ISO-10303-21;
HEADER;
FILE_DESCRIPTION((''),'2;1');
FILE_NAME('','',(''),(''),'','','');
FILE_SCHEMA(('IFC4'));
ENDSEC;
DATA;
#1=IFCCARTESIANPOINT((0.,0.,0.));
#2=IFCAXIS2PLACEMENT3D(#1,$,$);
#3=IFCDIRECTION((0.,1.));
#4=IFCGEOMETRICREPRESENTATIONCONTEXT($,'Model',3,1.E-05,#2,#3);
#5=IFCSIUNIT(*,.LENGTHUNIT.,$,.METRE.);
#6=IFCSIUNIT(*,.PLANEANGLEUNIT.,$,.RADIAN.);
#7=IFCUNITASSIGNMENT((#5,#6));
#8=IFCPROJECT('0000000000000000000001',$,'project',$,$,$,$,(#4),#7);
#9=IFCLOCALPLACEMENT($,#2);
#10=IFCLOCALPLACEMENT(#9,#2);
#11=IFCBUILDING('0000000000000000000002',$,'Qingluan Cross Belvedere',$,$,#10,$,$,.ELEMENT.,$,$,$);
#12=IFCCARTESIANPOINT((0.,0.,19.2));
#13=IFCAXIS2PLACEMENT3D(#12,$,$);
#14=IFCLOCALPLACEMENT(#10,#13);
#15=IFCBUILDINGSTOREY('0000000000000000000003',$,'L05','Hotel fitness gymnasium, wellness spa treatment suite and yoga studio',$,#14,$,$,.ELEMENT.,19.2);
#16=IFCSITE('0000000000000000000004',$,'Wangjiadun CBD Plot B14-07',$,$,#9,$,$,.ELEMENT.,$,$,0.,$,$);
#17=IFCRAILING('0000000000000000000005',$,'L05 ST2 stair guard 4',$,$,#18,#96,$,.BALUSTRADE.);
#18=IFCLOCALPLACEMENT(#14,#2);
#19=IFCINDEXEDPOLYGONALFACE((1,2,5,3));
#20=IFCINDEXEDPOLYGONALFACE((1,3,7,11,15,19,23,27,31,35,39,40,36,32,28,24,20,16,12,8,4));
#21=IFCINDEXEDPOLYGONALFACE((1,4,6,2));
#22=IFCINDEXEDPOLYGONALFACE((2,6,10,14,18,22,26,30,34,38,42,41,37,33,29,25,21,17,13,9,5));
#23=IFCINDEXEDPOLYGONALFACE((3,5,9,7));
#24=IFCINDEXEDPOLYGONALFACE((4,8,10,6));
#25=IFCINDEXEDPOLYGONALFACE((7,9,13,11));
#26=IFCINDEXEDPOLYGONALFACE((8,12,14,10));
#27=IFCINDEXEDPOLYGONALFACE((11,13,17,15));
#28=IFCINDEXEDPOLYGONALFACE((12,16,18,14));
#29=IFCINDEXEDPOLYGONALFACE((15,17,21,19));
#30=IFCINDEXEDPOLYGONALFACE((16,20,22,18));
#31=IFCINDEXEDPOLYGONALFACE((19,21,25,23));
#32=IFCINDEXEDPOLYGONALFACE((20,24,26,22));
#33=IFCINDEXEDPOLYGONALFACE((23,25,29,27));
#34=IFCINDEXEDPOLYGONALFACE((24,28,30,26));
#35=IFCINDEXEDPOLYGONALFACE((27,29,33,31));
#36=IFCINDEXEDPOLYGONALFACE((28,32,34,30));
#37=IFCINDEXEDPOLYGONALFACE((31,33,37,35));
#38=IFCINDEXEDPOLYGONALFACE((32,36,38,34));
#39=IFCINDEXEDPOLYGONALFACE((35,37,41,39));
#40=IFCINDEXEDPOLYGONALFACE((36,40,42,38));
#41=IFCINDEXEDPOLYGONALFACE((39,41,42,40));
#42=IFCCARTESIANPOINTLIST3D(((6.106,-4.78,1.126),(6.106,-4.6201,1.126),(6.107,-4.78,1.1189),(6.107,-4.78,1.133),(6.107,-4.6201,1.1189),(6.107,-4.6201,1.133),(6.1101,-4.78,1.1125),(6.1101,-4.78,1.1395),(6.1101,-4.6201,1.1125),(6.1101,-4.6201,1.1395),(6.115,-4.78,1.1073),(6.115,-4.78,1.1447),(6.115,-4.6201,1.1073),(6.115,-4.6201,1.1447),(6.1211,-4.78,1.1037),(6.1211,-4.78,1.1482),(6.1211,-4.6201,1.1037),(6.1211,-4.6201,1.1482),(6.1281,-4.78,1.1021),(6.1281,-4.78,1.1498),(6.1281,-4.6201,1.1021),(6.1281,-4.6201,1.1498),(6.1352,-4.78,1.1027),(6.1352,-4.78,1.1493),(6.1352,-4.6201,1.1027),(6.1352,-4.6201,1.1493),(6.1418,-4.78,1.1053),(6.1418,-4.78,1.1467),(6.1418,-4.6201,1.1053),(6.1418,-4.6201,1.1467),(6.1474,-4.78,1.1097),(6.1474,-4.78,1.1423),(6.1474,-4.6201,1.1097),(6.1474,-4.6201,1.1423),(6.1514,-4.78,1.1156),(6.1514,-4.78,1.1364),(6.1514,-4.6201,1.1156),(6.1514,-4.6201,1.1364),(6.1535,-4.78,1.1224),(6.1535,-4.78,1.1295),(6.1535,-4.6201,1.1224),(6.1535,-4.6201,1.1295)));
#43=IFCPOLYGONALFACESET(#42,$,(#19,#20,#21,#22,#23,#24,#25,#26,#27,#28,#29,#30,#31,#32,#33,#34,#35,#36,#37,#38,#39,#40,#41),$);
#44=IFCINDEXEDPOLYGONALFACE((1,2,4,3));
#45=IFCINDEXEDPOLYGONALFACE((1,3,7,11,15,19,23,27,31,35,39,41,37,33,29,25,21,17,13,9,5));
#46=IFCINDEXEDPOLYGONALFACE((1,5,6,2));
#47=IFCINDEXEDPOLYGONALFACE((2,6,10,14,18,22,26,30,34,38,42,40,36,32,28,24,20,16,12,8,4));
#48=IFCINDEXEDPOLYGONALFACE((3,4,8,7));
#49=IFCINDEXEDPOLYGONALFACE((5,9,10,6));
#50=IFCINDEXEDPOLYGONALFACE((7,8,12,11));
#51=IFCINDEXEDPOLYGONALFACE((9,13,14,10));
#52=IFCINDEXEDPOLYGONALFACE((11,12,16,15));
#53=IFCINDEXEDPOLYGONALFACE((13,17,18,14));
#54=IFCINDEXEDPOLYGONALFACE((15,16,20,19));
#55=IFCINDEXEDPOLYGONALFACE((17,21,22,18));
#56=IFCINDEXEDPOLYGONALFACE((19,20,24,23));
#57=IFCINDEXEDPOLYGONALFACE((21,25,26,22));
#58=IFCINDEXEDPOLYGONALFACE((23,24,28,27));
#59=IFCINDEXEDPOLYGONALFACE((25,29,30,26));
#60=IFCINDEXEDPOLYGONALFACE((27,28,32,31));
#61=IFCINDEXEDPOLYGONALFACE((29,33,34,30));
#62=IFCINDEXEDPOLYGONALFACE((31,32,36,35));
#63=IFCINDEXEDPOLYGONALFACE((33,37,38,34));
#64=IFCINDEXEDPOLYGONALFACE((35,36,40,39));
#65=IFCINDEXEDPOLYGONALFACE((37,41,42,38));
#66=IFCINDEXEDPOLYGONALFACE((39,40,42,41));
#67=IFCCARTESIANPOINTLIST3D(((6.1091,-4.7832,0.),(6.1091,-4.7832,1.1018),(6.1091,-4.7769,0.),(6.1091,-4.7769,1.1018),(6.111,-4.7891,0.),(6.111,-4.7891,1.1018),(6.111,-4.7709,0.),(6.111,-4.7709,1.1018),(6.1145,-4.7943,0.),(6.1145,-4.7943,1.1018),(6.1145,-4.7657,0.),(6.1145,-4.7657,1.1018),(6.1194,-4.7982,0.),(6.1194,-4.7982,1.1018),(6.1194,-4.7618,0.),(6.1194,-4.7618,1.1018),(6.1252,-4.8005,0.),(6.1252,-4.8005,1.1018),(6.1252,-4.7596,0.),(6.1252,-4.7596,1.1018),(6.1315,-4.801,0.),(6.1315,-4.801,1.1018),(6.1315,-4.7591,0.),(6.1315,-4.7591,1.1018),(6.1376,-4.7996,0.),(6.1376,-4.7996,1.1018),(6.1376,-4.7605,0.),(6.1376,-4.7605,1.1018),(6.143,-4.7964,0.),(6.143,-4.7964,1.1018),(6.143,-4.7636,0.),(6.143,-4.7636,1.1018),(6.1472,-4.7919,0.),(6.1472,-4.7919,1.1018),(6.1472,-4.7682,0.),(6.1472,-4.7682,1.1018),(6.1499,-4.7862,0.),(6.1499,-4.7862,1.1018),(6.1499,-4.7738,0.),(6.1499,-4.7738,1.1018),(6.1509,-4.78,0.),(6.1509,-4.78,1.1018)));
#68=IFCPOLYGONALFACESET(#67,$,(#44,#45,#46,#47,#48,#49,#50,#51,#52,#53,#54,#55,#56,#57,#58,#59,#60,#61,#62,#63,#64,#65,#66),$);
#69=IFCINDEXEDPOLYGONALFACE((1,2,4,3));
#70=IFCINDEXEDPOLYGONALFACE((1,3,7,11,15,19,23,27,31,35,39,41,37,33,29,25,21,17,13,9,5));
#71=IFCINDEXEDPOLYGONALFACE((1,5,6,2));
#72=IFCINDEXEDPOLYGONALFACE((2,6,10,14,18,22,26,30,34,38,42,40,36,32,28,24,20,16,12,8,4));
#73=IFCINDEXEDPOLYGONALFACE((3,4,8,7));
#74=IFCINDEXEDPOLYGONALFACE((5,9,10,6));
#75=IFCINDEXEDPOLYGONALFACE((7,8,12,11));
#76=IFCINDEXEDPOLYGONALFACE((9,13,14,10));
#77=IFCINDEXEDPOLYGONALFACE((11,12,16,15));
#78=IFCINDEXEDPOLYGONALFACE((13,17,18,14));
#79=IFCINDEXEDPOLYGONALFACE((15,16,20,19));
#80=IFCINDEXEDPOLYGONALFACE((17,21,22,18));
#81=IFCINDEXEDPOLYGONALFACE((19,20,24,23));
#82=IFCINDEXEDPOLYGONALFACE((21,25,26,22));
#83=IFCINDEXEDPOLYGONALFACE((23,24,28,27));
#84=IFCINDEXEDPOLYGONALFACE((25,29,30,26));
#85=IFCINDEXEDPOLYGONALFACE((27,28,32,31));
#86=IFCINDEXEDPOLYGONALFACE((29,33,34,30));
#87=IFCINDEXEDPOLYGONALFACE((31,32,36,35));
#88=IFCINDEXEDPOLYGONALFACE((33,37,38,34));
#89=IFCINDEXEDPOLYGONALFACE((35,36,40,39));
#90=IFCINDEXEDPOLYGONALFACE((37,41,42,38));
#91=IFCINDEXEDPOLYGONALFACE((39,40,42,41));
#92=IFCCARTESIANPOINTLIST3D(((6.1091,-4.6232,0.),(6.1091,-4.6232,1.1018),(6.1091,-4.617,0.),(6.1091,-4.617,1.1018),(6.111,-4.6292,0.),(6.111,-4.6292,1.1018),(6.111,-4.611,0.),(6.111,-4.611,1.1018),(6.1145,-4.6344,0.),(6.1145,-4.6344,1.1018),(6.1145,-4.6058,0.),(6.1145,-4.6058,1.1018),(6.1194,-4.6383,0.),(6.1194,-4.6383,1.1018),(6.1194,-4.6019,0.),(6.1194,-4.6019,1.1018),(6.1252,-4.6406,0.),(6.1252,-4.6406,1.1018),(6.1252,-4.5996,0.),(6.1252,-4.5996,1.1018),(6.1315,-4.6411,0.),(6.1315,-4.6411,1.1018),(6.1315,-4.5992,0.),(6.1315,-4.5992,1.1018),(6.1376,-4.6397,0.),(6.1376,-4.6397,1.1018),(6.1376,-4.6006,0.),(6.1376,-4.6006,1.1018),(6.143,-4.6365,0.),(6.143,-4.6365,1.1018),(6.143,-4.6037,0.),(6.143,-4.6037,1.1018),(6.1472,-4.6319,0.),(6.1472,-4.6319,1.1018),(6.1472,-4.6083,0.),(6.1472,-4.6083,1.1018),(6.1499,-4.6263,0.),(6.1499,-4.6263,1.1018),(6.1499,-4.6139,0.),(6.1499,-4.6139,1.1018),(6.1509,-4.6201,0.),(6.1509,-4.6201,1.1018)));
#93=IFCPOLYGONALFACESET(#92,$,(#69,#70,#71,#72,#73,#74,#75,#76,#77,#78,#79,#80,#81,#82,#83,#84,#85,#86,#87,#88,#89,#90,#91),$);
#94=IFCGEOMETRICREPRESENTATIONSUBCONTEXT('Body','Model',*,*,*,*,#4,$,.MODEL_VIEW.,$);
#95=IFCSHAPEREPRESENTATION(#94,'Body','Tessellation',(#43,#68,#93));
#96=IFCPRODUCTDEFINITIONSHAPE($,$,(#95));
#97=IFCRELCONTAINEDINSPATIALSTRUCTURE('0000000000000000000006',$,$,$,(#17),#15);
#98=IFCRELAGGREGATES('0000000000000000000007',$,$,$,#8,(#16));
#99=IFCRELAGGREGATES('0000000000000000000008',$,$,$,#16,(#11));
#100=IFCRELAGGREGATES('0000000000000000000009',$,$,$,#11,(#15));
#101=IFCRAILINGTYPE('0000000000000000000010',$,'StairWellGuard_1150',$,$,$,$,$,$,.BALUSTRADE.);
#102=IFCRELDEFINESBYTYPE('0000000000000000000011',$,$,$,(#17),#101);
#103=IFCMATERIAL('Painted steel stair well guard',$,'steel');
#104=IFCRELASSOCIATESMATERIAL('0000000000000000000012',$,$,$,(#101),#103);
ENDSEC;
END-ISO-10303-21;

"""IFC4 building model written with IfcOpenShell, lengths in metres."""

from ifc_helpers import new_model, si_unit, direction, frame, origin, origin_2d, place, context, subcontext, project, spatial, circle, extrude, material, type_object, element, save


model = new_model("IFC4")

# Units and contexts
model_context = context("Model", 3, precision=1e-05, world=origin(), true_north=direction((0.0, 1.0)))
body_context = subcontext(model_context, "Body", "Model", "MODEL_VIEW")
ifc_project = project(units=[si_unit("LENGTHUNIT", "METRE"), si_unit("PLANEANGLEUNIT", "RADIAN")], contexts=[model_context])

# Site, building, storey
site_placement = place(None, origin())
site = spatial("IfcSite", under=ifc_project, at=site_placement, Name="Wangjiadun CBD Plot B14-07", CompositionType="ELEMENT", RefElevation=0.0)
building_placement = place(site_placement, origin())
building = spatial("IfcBuilding", under=site, at=building_placement, Name="Qingluan Cross Belvedere", CompositionType="ELEMENT")
storey_placement = place(building_placement, frame((0.0, 0.0, 19.2)))
storey = spatial("IfcBuildingStorey", under=building, at=storey_placement, Name="L05", Description="Hotel fitness gymnasium, wellness spa treatment suite and yoga studio", CompositionType="ELEMENT", Elevation=19.2)

# Railing
ifc_material_1 = material(Name="Painted steel stair well guard", Category="steel")
railing_type_1 = type_object("IfcRailingType", Name="StairWellGuard_1150", PredefinedType="BALUSTRADE", material=ifc_material_1)
railing_1_placement = place(storey_placement, frame((6.1299, -4.78, 0.0)))
element("IfcRailing", 1, at=railing_1_placement, inside=storey, type_object=railing_type_1, Name="L05 ST2 stair guard 4", PredefinedType="BALUSTRADE", context=body_context, shape_type="SweptSolid", body=[
    extrude(circle(Radius=0.0239, at=origin_2d()), frame((0.0, 0.0, 1.126), z_axis=(0.0, 1.0, 0.0), x_axis=(-1.0, 0.0, 0.0)), (0.0, 0.0, 1.0), 0.1599),
    extrude(circle(Radius=0.021, at=origin_2d()), origin(), (0.0, 0.0, 1.0), 1.1018),
    extrude(circle(Radius=0.021, at=origin_2d()), frame((0.0, 0.1599, 0.0)), (0.0, 0.0, 1.0), 1.1018),
])

save(model, "model.ifc")
